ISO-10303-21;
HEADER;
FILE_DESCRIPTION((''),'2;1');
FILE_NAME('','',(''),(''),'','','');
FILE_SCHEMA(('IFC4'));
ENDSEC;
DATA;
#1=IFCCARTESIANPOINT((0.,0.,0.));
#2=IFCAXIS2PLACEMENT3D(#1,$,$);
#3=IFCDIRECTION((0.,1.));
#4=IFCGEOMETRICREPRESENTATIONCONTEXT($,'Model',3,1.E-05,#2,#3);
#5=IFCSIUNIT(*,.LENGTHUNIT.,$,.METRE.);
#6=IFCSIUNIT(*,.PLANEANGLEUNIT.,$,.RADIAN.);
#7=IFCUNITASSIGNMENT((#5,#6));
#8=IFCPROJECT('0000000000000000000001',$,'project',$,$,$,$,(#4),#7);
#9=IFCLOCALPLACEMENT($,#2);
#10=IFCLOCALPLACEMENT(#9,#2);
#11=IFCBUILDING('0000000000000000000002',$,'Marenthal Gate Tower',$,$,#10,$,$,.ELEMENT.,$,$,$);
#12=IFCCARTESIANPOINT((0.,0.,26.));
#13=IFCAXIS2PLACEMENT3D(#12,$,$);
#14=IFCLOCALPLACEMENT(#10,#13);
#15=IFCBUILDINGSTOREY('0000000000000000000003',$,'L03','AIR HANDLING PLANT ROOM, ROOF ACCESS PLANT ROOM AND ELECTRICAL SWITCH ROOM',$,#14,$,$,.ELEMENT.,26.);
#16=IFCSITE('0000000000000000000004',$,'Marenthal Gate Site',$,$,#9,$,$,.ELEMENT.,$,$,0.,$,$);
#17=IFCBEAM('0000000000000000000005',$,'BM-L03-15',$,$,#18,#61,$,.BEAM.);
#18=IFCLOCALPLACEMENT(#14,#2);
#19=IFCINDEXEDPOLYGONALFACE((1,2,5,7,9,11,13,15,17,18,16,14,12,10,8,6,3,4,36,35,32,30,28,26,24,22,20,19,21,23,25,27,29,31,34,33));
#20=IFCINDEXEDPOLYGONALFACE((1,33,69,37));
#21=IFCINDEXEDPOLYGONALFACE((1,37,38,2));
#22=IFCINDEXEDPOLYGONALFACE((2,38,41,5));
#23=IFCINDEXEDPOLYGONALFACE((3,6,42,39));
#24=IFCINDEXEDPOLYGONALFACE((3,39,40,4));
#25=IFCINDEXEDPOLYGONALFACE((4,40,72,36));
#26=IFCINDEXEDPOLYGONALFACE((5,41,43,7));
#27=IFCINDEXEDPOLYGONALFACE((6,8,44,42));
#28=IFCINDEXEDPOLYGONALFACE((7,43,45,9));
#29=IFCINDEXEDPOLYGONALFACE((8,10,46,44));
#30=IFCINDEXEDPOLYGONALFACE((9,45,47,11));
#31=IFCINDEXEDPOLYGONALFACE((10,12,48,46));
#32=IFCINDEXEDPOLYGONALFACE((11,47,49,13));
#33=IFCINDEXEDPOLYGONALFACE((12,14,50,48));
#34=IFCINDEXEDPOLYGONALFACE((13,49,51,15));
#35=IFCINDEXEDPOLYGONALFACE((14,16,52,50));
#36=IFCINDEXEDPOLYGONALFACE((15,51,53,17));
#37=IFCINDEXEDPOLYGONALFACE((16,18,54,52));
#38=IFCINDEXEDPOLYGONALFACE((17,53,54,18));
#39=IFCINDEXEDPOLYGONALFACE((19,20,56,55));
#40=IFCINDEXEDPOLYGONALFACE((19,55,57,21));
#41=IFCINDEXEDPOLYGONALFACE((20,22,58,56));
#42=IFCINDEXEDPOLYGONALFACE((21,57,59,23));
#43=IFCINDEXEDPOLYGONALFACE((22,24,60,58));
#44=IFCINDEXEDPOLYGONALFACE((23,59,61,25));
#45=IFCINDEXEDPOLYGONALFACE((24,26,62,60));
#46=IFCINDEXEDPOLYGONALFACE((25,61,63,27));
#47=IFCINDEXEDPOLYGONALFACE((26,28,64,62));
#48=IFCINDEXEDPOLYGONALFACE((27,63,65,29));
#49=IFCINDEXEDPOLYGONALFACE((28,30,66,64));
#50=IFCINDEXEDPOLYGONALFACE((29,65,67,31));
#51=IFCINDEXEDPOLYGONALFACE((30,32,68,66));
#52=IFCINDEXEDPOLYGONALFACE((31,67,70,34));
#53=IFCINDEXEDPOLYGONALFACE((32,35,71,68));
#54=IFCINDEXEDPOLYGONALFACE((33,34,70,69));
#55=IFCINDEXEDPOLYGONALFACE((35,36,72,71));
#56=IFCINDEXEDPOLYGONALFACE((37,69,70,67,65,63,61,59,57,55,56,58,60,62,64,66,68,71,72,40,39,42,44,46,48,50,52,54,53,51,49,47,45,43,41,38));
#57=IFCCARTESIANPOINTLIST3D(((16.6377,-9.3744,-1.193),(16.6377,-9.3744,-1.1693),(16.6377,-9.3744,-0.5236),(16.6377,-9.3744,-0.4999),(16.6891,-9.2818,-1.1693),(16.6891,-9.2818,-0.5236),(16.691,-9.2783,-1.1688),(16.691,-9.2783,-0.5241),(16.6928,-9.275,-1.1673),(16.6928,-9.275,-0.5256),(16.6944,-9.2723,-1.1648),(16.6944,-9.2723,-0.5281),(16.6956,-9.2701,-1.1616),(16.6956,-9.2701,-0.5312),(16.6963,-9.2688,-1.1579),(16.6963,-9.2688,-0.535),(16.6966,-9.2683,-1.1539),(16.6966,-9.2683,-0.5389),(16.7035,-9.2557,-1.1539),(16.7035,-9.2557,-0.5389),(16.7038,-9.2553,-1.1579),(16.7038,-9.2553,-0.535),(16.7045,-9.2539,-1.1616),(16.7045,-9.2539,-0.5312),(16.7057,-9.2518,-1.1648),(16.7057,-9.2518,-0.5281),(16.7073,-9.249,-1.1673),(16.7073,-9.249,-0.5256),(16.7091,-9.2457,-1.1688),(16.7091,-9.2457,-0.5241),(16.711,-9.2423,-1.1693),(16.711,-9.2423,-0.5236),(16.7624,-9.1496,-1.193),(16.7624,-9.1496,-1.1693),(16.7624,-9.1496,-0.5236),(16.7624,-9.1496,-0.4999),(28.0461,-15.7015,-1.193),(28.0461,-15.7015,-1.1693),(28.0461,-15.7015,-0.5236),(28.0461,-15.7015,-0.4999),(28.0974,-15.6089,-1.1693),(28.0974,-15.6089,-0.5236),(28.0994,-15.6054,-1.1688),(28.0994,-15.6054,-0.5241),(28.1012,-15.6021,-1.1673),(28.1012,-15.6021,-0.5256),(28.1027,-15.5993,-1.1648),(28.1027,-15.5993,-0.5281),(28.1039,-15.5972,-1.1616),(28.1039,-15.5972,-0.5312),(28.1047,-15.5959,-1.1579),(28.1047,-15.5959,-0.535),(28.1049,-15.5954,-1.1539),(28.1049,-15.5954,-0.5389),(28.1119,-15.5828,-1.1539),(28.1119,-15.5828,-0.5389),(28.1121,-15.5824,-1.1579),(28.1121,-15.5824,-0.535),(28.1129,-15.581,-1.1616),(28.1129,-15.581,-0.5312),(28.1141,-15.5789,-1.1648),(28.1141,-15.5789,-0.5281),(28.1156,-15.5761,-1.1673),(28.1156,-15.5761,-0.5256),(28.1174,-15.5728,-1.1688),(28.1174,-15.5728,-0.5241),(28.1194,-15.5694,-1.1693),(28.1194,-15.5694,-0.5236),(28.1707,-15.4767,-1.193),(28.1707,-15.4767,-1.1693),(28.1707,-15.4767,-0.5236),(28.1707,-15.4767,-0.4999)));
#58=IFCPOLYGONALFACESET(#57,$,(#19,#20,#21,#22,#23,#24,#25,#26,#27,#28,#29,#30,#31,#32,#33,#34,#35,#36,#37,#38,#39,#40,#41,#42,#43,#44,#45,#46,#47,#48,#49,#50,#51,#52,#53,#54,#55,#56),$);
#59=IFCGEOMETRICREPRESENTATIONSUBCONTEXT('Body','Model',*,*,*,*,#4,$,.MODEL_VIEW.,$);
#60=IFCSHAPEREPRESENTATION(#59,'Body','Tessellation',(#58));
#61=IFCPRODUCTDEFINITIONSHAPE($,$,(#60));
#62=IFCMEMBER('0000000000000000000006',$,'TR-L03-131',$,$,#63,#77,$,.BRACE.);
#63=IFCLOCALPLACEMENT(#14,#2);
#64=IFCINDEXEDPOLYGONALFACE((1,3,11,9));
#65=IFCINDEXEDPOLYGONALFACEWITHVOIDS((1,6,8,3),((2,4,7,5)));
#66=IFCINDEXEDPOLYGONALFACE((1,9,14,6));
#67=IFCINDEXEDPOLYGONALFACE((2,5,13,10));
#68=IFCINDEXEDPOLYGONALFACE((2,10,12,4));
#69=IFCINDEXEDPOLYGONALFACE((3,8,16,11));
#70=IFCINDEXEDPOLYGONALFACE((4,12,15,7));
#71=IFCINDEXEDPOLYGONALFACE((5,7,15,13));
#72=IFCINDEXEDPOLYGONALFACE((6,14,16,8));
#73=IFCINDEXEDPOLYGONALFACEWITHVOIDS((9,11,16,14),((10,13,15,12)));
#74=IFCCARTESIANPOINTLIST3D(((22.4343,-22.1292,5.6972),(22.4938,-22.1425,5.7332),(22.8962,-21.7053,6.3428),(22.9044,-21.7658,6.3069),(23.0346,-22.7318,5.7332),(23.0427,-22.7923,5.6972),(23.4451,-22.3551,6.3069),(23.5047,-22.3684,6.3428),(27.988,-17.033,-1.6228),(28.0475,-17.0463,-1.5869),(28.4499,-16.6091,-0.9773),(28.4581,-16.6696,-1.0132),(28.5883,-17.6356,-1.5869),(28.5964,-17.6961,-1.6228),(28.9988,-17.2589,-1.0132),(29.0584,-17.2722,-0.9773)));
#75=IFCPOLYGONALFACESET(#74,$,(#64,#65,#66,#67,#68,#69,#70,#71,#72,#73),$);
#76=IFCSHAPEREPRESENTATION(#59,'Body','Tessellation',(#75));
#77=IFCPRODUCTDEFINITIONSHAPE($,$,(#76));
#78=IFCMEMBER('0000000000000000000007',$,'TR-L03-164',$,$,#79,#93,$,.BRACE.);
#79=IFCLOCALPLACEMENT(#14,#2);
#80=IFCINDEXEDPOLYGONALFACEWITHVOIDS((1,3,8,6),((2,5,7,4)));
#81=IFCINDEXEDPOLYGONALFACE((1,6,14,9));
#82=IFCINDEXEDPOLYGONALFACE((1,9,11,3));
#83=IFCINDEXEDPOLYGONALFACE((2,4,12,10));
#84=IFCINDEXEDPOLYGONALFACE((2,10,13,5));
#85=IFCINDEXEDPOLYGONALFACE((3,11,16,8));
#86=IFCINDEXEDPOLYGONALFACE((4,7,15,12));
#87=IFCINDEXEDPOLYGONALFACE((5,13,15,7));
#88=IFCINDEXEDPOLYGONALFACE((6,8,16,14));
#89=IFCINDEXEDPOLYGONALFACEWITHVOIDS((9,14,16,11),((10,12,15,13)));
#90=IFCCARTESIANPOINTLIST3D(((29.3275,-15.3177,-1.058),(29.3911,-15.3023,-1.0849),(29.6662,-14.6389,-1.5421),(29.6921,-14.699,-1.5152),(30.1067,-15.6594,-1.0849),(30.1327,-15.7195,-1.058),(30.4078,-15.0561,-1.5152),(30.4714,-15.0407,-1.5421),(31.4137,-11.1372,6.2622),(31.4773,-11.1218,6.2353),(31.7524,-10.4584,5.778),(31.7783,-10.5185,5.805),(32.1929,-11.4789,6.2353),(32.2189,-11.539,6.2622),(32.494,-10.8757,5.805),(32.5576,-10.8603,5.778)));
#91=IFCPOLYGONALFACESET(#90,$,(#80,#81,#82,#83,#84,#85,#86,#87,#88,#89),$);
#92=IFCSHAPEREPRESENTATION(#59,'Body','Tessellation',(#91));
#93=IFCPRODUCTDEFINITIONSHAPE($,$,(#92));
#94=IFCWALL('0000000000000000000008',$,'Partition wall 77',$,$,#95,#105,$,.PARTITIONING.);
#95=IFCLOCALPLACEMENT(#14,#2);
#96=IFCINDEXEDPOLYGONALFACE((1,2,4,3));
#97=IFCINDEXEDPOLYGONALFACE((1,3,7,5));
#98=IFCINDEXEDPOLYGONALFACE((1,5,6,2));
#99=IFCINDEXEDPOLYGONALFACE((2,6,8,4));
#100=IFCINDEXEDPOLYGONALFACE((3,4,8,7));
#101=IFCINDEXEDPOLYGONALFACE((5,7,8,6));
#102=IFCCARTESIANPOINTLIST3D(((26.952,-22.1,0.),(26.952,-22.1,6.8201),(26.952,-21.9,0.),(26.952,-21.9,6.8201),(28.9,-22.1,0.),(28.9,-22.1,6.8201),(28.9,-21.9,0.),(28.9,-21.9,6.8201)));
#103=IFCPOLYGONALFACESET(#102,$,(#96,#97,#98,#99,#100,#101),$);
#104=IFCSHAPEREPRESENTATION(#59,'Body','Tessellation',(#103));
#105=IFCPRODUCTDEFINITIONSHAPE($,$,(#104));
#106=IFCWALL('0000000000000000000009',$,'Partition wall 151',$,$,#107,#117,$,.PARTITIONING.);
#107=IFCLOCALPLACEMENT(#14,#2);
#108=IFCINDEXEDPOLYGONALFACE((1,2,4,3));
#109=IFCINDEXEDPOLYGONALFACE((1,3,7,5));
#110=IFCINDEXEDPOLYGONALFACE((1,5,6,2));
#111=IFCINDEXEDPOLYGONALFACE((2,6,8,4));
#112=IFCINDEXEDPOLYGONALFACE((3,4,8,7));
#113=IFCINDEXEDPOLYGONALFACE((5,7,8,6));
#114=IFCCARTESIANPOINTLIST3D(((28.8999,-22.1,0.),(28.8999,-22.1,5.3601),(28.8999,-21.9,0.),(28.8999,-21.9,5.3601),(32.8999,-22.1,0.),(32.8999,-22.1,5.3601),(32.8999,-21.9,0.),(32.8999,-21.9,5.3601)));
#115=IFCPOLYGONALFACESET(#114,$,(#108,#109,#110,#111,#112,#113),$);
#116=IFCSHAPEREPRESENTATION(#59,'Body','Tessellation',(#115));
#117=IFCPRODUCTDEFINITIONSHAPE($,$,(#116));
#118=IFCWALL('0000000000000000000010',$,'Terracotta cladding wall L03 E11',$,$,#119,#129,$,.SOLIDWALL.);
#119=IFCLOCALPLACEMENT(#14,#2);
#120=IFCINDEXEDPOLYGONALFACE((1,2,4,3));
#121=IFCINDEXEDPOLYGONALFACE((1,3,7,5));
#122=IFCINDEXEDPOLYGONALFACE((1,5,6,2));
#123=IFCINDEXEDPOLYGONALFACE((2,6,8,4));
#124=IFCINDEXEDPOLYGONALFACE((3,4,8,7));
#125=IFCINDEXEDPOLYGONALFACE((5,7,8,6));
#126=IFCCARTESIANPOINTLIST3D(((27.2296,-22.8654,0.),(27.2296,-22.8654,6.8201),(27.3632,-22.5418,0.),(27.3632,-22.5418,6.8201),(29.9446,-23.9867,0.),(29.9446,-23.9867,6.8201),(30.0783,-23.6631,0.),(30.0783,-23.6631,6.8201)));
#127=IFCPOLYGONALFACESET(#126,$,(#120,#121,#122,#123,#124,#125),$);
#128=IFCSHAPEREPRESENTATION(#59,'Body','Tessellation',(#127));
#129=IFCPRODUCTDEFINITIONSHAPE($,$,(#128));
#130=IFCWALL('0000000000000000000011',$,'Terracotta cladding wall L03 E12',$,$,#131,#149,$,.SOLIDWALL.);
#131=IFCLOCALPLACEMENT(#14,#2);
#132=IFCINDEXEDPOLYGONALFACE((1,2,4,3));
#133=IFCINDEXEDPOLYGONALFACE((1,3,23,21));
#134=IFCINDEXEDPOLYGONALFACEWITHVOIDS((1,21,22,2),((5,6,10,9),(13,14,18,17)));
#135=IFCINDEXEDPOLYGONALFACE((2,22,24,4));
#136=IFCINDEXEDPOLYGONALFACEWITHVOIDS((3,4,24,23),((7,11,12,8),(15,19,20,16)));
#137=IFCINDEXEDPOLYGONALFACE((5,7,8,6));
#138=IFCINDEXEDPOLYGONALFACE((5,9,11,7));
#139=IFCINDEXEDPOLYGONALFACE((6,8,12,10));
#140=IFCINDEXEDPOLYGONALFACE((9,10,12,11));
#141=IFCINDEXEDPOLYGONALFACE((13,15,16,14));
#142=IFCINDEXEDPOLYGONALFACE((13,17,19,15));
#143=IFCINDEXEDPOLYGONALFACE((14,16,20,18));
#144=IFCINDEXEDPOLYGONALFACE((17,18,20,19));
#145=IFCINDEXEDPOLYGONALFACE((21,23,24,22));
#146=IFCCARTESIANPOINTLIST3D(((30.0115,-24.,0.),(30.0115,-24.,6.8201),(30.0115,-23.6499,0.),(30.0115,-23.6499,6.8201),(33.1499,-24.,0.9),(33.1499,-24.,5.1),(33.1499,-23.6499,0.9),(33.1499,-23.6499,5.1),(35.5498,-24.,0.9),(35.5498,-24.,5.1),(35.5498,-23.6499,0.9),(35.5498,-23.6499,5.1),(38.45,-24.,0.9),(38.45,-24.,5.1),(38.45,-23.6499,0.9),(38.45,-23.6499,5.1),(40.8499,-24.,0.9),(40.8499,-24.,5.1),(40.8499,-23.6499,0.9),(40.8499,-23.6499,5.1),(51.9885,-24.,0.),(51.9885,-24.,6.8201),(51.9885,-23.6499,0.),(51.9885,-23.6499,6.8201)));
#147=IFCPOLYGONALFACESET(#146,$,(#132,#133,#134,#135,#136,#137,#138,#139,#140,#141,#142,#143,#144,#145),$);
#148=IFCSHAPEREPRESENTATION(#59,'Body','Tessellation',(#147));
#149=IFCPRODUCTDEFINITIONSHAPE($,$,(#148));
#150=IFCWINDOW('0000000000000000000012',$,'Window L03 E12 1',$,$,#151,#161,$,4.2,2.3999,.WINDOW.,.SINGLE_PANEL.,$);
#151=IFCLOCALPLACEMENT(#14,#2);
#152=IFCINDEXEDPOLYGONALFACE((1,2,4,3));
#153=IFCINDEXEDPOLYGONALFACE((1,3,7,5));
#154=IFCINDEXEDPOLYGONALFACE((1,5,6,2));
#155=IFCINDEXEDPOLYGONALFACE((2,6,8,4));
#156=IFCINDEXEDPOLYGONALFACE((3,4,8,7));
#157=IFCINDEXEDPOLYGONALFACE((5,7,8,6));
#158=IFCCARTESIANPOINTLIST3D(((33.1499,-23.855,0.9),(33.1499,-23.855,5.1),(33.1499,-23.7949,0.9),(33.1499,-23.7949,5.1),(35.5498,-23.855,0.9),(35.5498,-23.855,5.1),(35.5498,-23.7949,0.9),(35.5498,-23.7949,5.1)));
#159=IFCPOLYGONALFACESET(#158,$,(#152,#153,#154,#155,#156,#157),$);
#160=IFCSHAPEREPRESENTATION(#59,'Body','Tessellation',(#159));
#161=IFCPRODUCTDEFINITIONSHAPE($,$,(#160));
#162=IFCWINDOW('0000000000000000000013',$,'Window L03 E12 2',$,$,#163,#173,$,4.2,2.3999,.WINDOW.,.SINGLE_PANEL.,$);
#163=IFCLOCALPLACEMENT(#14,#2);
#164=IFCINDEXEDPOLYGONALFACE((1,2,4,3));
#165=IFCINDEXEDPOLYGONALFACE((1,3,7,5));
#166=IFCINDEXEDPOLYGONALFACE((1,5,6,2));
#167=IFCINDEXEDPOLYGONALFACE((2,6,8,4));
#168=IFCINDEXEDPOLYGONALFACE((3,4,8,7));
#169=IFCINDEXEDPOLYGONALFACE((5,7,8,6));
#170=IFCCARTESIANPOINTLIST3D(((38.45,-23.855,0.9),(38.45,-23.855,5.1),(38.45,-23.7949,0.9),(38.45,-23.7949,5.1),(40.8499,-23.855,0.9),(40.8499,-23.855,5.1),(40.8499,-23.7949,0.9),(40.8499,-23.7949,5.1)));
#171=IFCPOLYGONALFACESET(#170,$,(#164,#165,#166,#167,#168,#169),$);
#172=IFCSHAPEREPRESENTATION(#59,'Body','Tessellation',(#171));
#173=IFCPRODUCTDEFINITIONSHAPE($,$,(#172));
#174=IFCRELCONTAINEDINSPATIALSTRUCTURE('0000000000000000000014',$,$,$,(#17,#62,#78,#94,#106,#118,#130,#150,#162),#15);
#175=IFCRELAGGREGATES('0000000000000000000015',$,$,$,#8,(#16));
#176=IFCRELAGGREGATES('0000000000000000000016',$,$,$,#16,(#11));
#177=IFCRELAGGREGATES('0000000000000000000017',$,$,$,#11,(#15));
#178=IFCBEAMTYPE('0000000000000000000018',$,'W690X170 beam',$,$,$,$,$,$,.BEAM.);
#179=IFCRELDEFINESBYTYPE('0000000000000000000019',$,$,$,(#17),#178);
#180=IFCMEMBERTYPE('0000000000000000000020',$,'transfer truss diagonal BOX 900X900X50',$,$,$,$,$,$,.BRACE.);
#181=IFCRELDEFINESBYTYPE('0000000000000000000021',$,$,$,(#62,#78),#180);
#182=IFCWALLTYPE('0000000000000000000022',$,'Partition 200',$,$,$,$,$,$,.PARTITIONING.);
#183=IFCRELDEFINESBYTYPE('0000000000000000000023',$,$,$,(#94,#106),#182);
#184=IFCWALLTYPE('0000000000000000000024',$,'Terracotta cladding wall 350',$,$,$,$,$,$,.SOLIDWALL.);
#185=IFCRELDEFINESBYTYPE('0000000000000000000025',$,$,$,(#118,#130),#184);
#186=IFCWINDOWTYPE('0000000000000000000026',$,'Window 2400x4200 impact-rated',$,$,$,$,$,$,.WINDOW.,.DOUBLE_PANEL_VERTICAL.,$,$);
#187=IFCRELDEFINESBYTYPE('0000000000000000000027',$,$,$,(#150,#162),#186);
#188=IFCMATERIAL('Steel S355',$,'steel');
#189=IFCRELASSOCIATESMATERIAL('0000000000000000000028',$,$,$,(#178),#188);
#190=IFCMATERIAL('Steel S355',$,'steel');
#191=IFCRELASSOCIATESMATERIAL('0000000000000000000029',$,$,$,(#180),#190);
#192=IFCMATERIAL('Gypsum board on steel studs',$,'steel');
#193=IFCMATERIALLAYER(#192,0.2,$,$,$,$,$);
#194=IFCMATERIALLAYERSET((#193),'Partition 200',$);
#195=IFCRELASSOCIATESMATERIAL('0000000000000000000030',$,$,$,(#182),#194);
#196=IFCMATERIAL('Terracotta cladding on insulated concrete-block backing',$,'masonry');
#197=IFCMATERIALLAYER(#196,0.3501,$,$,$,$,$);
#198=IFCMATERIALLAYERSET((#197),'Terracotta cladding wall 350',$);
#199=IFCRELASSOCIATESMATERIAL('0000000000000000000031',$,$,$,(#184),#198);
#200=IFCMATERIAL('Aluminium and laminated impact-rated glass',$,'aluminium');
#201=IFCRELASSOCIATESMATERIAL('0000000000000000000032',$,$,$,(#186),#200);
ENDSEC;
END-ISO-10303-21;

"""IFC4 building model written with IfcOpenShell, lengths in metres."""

from ifc_helpers import new_model, si_unit, direction, frame, frame_2d, origin, origin_2d, place, context, subcontext, project, spatial, rectangle, hollow_rectangle, i_section, extrude, material, layer, layer_set, material_profile, profile_set, type_object, element, fill, save


model = new_model("IFC4")

# Units and contexts
model_context = context("Model", 3, precision=1e-05, world=origin(), true_north=direction((0.0, 1.0)))
body_context = subcontext(model_context, "Body", "Model", "MODEL_VIEW")
ifc_project = project(units=[si_unit("LENGTHUNIT", "METRE"), si_unit("PLANEANGLEUNIT", "RADIAN")], contexts=[model_context])

# Site, building, storey
site_placement = place(None, origin())
site = spatial("IfcSite", under=ifc_project, at=site_placement, Name="Marenthal Gate Site", CompositionType="ELEMENT", RefElevation=0.0)
building_placement = place(site_placement, origin())
building = spatial("IfcBuilding", under=site, at=building_placement, Name="Marenthal Gate Tower", CompositionType="ELEMENT")
storey_placement = place(building_placement, frame((0.0, 0.0, 26.0)))
storey = spatial("IfcBuildingStorey", under=building, at=storey_placement, Name="L03", Description="AIR HANDLING PLANT ROOM, ROOF ACCESS PLANT ROOM AND ELECTRICAL SWITCH ROOM", CompositionType="ELEMENT", Elevation=26.0)

# Beam
ifc_material_1 = material(Name="Steel S355", Category="steel")
ifc_material_profile_1 = material_profile(ifc_material_1, i_section(OverallWidth=0.2571, OverallDepth=0.6931, WebThickness=0.0144, FlangeThickness=0.0237, FilletRadius=0.0154, at=origin_2d()), Name="W690X170")
ifc_profile_set_1 = profile_set([ifc_material_profile_1], Name="Steel S355")
beam_type_1 = type_object("IfcBeamType", Name="W690X170 beam", PredefinedType="BEAM", material=ifc_profile_set_1)
beam_1_placement = place(storey_placement, frame((28.1084, -15.5891, -0.8464), z_axis=(-0.874511, 0.485006, 0.0), x_axis=(-0.485006, -0.874511, 0.0)))
element("IfcBeam", 1, at=beam_1_placement, inside=storey, type_object=beam_type_1, Name="BM-L03-15", PredefinedType="BEAM", context=body_context, shape_type="SweptSolid", body=[
    extrude(i_section(OverallWidth=0.2571, OverallDepth=0.6931, WebThickness=0.0144, FlangeThickness=0.0237, FilletRadius=0.0154, at=origin_2d()), origin(), (0.0, 0.0, 1.0), 13.0454),
])

# Members
ifc_material_2 = material(Name="Steel S355", Category="steel")
ifc_material_profile_2 = material_profile(ifc_material_2, hollow_rectangle(XDim=0.8999, YDim=0.8999, WallThickness=0.05, at=origin_2d()), Name="BOX 900X900X50")
ifc_profile_set_2 = profile_set([ifc_material_profile_2], Name="Steel S355")
member_type = type_object("IfcMemberType", Name="transfer truss diagonal BOX 900X900X50", PredefinedType="BRACE", material=ifc_profile_set_2)
member_1_placement = place(storey_placement, frame((28.5232, -17.1526, -1.3), z_axis=(-0.52857, -0.485026, 0.696681), x_axis=(0.676106, -0.736804, 0.0)))
element("IfcMember", 2, at=member_1_placement, inside=storey, type_object=member_type, Name="TR-L03-131", PredefinedType="BRACE", context=body_context, shape_type="SweptSolid", body=[
    extrude(hollow_rectangle(XDim=0.8999, YDim=0.8999, WallThickness=0.05, at=origin_2d()), origin(), (0.0, 0.0, 1.0), 10.5071),
])
member_2_placement = place(storey_placement, frame((29.8994, -15.1792, -1.3), z_axis=(0.240233, 0.481395, 0.84294), x_axis=(-0.894772, 0.446524, 0.0)))
element("IfcMember", 3, at=member_2_placement, inside=storey, type_object=member_type, Name="TR-L03-164", PredefinedType="BRACE", context=body_context, shape_type="SweptSolid", body=[
    extrude(hollow_rectangle(XDim=0.8999, YDim=0.8999, WallThickness=0.05, at=origin_2d()), origin(), (0.0, 0.0, 1.0), 8.6841),
])

# Walls
ifc_material_3 = material(Name="Gypsum board on steel studs", Category="steel")
ifc_layer_1 = layer(ifc_material_3, 0.2)
ifc_layer_set_1 = layer_set([ifc_layer_1], Name="Partition 200")
wall_type_1 = type_object("IfcWallType", Name="Partition 200", PredefinedType="PARTITIONING", material=ifc_layer_set_1)
wall_1_placement = place(storey_placement, frame((26.9519, -22.0, 0.0), z_axis=(0.0, 0.0, 1.0), x_axis=(1.0, 0.0, 0.0)))
element("IfcWall", 4, at=wall_1_placement, inside=storey, type_object=wall_type_1, Name="Partition wall 77", PredefinedType="PARTITIONING", context=body_context, shape_type="SweptSolid", body=[
    extrude(rectangle(XDim=1.948, YDim=0.2, at=frame_2d((0.9741, 0.0))), origin(), (0.0, 0.0, 1.0), 6.8201),
])
wall_2_placement = place(storey_placement, frame((28.8999, -22.0, 0.0), z_axis=(0.0, 0.0, 1.0), x_axis=(1.0, 0.0, 0.0)))
element("IfcWall", 5, at=wall_2_placement, inside=storey, type_object=wall_type_1, Name="Partition wall 151", PredefinedType="PARTITIONING", context=body_context, shape_type="SweptSolid", body=[
    extrude(rectangle(XDim=4.0, YDim=0.2, at=frame_2d((2.0, 0.0))), origin(), (0.0, 0.0, 1.0), 5.3601),
])
ifc_material_4 = material(Name="Terracotta cladding on insulated concrete-block backing", Category="masonry")
ifc_layer_2 = layer(ifc_material_4, 0.3501)
ifc_layer_set_2 = layer_set([ifc_layer_2], Name="Terracotta cladding wall 350")
wall_type_2 = type_object("IfcWallType", Name="Terracotta cladding wall 350", PredefinedType="SOLIDWALL", material=ifc_layer_set_2)
wall_3_placement = place(storey_placement, frame((27.2964, -22.7036, 0.0), z_axis=(0.0, 0.0, 1.0), x_axis=(0.924275, -0.381728, 0.0)))
element("IfcWall", 6, at=wall_3_placement, inside=storey, type_object=wall_type_2, Name="Terracotta cladding wall L03 E11", PredefinedType="SOLIDWALL", context=body_context, shape_type="SweptSolid", body=[
    extrude(rectangle(XDim=2.9375, YDim=0.3501, at=frame_2d((1.4688, 0.0))), origin(), (0.0, 0.0, 1.0), 6.8201),
])

# Wall, openings, windows
wall_4_placement = place(storey_placement, frame((30.0115, -23.825, 0.0), z_axis=(0.0, 0.0, 1.0), x_axis=(1.0, 0.0, 0.0)))
wall_4 = element("IfcWall", 7, at=wall_4_placement, inside=storey, type_object=wall_type_2, Name="Terracotta cladding wall L03 E12", PredefinedType="SOLIDWALL", context=body_context, shape_type="SweptSolid", body=[
    extrude(rectangle(XDim=21.9771, YDim=0.3501, at=frame_2d((10.9885, 0.0))), origin(), (0.0, 0.0, 1.0), 6.8201),
])
opening_1_placement = place(wall_4_placement, frame((3.1384, 0.0, 0.8999)))
opening_1 = element("IfcOpeningElement", 8, at=opening_1_placement, cuts=wall_4, PredefinedType="OPENING", context=body_context, shape_type="SweptSolid", body=[
    extrude(rectangle(XDim=2.3999, YDim=4.2, at=frame_2d((1.2, 2.1001))), frame((0.0, 0.1851, 0.0), z_axis=(0.0, -1.0, 0.0), x_axis=(1.0, 0.0, 0.0)), (0.0, 0.0, 1.0), 0.3701),
])
opening_2_placement = place(wall_4_placement, frame((8.4385, 0.0, 0.8999)))
opening_2 = element("IfcOpeningElement", 9, at=opening_2_placement, cuts=wall_4, PredefinedType="OPENING", context=body_context, shape_type="SweptSolid", body=[
    extrude(rectangle(XDim=2.3999, YDim=4.2, at=frame_2d((1.2, 2.1001))), frame((0.0, 0.1851, 0.0), z_axis=(0.0, -1.0, 0.0), x_axis=(1.0, 0.0, 0.0)), (0.0, 0.0, 1.0), 0.3701),
])
ifc_material_5 = material(Name="Aluminium and laminated impact-rated glass", Category="aluminium")
window_type = type_object("IfcWindowType", Name="Window 2400x4200 impact-rated", PartitioningType="DOUBLE_PANEL_VERTICAL", PredefinedType="WINDOW", material=ifc_material_5)
window_1_placement = place(opening_1_placement, origin())
window_1 = element("IfcWindow", 10, at=window_1_placement, inside=storey, type_object=window_type, Name="Window L03 E12 1", OverallHeight=4.2, OverallWidth=2.3999, PartitioningType="SINGLE_PANEL", PredefinedType="WINDOW", context=body_context, shape_type="SweptSolid", body=[
    extrude(rectangle(XDim=2.3999, YDim=4.2, at=frame_2d((1.2, 2.1001))), frame((0.0, 0.03, 0.0), z_axis=(0.0, -1.0, 0.0), x_axis=(1.0, 0.0, 0.0)), (0.0, 0.0, 1.0), 0.0601),
])
fill(opening_1, window_1)
window_2_placement = place(opening_2_placement, origin())
window_2 = element("IfcWindow", 11, at=window_2_placement, inside=storey, type_object=window_type, Name="Window L03 E12 2", OverallHeight=4.2, OverallWidth=2.3999, PartitioningType="SINGLE_PANEL", PredefinedType="WINDOW", context=body_context, shape_type="SweptSolid", body=[
    extrude(rectangle(XDim=2.3999, YDim=4.2, at=frame_2d((1.2, 2.1001))), frame((0.0, 0.03, 0.0), z_axis=(0.0, -1.0, 0.0), x_axis=(1.0, 0.0, 0.0)), (0.0, 0.0, 1.0), 0.0601),
])
fill(opening_2, window_2)

save(model, "model.ifc")
